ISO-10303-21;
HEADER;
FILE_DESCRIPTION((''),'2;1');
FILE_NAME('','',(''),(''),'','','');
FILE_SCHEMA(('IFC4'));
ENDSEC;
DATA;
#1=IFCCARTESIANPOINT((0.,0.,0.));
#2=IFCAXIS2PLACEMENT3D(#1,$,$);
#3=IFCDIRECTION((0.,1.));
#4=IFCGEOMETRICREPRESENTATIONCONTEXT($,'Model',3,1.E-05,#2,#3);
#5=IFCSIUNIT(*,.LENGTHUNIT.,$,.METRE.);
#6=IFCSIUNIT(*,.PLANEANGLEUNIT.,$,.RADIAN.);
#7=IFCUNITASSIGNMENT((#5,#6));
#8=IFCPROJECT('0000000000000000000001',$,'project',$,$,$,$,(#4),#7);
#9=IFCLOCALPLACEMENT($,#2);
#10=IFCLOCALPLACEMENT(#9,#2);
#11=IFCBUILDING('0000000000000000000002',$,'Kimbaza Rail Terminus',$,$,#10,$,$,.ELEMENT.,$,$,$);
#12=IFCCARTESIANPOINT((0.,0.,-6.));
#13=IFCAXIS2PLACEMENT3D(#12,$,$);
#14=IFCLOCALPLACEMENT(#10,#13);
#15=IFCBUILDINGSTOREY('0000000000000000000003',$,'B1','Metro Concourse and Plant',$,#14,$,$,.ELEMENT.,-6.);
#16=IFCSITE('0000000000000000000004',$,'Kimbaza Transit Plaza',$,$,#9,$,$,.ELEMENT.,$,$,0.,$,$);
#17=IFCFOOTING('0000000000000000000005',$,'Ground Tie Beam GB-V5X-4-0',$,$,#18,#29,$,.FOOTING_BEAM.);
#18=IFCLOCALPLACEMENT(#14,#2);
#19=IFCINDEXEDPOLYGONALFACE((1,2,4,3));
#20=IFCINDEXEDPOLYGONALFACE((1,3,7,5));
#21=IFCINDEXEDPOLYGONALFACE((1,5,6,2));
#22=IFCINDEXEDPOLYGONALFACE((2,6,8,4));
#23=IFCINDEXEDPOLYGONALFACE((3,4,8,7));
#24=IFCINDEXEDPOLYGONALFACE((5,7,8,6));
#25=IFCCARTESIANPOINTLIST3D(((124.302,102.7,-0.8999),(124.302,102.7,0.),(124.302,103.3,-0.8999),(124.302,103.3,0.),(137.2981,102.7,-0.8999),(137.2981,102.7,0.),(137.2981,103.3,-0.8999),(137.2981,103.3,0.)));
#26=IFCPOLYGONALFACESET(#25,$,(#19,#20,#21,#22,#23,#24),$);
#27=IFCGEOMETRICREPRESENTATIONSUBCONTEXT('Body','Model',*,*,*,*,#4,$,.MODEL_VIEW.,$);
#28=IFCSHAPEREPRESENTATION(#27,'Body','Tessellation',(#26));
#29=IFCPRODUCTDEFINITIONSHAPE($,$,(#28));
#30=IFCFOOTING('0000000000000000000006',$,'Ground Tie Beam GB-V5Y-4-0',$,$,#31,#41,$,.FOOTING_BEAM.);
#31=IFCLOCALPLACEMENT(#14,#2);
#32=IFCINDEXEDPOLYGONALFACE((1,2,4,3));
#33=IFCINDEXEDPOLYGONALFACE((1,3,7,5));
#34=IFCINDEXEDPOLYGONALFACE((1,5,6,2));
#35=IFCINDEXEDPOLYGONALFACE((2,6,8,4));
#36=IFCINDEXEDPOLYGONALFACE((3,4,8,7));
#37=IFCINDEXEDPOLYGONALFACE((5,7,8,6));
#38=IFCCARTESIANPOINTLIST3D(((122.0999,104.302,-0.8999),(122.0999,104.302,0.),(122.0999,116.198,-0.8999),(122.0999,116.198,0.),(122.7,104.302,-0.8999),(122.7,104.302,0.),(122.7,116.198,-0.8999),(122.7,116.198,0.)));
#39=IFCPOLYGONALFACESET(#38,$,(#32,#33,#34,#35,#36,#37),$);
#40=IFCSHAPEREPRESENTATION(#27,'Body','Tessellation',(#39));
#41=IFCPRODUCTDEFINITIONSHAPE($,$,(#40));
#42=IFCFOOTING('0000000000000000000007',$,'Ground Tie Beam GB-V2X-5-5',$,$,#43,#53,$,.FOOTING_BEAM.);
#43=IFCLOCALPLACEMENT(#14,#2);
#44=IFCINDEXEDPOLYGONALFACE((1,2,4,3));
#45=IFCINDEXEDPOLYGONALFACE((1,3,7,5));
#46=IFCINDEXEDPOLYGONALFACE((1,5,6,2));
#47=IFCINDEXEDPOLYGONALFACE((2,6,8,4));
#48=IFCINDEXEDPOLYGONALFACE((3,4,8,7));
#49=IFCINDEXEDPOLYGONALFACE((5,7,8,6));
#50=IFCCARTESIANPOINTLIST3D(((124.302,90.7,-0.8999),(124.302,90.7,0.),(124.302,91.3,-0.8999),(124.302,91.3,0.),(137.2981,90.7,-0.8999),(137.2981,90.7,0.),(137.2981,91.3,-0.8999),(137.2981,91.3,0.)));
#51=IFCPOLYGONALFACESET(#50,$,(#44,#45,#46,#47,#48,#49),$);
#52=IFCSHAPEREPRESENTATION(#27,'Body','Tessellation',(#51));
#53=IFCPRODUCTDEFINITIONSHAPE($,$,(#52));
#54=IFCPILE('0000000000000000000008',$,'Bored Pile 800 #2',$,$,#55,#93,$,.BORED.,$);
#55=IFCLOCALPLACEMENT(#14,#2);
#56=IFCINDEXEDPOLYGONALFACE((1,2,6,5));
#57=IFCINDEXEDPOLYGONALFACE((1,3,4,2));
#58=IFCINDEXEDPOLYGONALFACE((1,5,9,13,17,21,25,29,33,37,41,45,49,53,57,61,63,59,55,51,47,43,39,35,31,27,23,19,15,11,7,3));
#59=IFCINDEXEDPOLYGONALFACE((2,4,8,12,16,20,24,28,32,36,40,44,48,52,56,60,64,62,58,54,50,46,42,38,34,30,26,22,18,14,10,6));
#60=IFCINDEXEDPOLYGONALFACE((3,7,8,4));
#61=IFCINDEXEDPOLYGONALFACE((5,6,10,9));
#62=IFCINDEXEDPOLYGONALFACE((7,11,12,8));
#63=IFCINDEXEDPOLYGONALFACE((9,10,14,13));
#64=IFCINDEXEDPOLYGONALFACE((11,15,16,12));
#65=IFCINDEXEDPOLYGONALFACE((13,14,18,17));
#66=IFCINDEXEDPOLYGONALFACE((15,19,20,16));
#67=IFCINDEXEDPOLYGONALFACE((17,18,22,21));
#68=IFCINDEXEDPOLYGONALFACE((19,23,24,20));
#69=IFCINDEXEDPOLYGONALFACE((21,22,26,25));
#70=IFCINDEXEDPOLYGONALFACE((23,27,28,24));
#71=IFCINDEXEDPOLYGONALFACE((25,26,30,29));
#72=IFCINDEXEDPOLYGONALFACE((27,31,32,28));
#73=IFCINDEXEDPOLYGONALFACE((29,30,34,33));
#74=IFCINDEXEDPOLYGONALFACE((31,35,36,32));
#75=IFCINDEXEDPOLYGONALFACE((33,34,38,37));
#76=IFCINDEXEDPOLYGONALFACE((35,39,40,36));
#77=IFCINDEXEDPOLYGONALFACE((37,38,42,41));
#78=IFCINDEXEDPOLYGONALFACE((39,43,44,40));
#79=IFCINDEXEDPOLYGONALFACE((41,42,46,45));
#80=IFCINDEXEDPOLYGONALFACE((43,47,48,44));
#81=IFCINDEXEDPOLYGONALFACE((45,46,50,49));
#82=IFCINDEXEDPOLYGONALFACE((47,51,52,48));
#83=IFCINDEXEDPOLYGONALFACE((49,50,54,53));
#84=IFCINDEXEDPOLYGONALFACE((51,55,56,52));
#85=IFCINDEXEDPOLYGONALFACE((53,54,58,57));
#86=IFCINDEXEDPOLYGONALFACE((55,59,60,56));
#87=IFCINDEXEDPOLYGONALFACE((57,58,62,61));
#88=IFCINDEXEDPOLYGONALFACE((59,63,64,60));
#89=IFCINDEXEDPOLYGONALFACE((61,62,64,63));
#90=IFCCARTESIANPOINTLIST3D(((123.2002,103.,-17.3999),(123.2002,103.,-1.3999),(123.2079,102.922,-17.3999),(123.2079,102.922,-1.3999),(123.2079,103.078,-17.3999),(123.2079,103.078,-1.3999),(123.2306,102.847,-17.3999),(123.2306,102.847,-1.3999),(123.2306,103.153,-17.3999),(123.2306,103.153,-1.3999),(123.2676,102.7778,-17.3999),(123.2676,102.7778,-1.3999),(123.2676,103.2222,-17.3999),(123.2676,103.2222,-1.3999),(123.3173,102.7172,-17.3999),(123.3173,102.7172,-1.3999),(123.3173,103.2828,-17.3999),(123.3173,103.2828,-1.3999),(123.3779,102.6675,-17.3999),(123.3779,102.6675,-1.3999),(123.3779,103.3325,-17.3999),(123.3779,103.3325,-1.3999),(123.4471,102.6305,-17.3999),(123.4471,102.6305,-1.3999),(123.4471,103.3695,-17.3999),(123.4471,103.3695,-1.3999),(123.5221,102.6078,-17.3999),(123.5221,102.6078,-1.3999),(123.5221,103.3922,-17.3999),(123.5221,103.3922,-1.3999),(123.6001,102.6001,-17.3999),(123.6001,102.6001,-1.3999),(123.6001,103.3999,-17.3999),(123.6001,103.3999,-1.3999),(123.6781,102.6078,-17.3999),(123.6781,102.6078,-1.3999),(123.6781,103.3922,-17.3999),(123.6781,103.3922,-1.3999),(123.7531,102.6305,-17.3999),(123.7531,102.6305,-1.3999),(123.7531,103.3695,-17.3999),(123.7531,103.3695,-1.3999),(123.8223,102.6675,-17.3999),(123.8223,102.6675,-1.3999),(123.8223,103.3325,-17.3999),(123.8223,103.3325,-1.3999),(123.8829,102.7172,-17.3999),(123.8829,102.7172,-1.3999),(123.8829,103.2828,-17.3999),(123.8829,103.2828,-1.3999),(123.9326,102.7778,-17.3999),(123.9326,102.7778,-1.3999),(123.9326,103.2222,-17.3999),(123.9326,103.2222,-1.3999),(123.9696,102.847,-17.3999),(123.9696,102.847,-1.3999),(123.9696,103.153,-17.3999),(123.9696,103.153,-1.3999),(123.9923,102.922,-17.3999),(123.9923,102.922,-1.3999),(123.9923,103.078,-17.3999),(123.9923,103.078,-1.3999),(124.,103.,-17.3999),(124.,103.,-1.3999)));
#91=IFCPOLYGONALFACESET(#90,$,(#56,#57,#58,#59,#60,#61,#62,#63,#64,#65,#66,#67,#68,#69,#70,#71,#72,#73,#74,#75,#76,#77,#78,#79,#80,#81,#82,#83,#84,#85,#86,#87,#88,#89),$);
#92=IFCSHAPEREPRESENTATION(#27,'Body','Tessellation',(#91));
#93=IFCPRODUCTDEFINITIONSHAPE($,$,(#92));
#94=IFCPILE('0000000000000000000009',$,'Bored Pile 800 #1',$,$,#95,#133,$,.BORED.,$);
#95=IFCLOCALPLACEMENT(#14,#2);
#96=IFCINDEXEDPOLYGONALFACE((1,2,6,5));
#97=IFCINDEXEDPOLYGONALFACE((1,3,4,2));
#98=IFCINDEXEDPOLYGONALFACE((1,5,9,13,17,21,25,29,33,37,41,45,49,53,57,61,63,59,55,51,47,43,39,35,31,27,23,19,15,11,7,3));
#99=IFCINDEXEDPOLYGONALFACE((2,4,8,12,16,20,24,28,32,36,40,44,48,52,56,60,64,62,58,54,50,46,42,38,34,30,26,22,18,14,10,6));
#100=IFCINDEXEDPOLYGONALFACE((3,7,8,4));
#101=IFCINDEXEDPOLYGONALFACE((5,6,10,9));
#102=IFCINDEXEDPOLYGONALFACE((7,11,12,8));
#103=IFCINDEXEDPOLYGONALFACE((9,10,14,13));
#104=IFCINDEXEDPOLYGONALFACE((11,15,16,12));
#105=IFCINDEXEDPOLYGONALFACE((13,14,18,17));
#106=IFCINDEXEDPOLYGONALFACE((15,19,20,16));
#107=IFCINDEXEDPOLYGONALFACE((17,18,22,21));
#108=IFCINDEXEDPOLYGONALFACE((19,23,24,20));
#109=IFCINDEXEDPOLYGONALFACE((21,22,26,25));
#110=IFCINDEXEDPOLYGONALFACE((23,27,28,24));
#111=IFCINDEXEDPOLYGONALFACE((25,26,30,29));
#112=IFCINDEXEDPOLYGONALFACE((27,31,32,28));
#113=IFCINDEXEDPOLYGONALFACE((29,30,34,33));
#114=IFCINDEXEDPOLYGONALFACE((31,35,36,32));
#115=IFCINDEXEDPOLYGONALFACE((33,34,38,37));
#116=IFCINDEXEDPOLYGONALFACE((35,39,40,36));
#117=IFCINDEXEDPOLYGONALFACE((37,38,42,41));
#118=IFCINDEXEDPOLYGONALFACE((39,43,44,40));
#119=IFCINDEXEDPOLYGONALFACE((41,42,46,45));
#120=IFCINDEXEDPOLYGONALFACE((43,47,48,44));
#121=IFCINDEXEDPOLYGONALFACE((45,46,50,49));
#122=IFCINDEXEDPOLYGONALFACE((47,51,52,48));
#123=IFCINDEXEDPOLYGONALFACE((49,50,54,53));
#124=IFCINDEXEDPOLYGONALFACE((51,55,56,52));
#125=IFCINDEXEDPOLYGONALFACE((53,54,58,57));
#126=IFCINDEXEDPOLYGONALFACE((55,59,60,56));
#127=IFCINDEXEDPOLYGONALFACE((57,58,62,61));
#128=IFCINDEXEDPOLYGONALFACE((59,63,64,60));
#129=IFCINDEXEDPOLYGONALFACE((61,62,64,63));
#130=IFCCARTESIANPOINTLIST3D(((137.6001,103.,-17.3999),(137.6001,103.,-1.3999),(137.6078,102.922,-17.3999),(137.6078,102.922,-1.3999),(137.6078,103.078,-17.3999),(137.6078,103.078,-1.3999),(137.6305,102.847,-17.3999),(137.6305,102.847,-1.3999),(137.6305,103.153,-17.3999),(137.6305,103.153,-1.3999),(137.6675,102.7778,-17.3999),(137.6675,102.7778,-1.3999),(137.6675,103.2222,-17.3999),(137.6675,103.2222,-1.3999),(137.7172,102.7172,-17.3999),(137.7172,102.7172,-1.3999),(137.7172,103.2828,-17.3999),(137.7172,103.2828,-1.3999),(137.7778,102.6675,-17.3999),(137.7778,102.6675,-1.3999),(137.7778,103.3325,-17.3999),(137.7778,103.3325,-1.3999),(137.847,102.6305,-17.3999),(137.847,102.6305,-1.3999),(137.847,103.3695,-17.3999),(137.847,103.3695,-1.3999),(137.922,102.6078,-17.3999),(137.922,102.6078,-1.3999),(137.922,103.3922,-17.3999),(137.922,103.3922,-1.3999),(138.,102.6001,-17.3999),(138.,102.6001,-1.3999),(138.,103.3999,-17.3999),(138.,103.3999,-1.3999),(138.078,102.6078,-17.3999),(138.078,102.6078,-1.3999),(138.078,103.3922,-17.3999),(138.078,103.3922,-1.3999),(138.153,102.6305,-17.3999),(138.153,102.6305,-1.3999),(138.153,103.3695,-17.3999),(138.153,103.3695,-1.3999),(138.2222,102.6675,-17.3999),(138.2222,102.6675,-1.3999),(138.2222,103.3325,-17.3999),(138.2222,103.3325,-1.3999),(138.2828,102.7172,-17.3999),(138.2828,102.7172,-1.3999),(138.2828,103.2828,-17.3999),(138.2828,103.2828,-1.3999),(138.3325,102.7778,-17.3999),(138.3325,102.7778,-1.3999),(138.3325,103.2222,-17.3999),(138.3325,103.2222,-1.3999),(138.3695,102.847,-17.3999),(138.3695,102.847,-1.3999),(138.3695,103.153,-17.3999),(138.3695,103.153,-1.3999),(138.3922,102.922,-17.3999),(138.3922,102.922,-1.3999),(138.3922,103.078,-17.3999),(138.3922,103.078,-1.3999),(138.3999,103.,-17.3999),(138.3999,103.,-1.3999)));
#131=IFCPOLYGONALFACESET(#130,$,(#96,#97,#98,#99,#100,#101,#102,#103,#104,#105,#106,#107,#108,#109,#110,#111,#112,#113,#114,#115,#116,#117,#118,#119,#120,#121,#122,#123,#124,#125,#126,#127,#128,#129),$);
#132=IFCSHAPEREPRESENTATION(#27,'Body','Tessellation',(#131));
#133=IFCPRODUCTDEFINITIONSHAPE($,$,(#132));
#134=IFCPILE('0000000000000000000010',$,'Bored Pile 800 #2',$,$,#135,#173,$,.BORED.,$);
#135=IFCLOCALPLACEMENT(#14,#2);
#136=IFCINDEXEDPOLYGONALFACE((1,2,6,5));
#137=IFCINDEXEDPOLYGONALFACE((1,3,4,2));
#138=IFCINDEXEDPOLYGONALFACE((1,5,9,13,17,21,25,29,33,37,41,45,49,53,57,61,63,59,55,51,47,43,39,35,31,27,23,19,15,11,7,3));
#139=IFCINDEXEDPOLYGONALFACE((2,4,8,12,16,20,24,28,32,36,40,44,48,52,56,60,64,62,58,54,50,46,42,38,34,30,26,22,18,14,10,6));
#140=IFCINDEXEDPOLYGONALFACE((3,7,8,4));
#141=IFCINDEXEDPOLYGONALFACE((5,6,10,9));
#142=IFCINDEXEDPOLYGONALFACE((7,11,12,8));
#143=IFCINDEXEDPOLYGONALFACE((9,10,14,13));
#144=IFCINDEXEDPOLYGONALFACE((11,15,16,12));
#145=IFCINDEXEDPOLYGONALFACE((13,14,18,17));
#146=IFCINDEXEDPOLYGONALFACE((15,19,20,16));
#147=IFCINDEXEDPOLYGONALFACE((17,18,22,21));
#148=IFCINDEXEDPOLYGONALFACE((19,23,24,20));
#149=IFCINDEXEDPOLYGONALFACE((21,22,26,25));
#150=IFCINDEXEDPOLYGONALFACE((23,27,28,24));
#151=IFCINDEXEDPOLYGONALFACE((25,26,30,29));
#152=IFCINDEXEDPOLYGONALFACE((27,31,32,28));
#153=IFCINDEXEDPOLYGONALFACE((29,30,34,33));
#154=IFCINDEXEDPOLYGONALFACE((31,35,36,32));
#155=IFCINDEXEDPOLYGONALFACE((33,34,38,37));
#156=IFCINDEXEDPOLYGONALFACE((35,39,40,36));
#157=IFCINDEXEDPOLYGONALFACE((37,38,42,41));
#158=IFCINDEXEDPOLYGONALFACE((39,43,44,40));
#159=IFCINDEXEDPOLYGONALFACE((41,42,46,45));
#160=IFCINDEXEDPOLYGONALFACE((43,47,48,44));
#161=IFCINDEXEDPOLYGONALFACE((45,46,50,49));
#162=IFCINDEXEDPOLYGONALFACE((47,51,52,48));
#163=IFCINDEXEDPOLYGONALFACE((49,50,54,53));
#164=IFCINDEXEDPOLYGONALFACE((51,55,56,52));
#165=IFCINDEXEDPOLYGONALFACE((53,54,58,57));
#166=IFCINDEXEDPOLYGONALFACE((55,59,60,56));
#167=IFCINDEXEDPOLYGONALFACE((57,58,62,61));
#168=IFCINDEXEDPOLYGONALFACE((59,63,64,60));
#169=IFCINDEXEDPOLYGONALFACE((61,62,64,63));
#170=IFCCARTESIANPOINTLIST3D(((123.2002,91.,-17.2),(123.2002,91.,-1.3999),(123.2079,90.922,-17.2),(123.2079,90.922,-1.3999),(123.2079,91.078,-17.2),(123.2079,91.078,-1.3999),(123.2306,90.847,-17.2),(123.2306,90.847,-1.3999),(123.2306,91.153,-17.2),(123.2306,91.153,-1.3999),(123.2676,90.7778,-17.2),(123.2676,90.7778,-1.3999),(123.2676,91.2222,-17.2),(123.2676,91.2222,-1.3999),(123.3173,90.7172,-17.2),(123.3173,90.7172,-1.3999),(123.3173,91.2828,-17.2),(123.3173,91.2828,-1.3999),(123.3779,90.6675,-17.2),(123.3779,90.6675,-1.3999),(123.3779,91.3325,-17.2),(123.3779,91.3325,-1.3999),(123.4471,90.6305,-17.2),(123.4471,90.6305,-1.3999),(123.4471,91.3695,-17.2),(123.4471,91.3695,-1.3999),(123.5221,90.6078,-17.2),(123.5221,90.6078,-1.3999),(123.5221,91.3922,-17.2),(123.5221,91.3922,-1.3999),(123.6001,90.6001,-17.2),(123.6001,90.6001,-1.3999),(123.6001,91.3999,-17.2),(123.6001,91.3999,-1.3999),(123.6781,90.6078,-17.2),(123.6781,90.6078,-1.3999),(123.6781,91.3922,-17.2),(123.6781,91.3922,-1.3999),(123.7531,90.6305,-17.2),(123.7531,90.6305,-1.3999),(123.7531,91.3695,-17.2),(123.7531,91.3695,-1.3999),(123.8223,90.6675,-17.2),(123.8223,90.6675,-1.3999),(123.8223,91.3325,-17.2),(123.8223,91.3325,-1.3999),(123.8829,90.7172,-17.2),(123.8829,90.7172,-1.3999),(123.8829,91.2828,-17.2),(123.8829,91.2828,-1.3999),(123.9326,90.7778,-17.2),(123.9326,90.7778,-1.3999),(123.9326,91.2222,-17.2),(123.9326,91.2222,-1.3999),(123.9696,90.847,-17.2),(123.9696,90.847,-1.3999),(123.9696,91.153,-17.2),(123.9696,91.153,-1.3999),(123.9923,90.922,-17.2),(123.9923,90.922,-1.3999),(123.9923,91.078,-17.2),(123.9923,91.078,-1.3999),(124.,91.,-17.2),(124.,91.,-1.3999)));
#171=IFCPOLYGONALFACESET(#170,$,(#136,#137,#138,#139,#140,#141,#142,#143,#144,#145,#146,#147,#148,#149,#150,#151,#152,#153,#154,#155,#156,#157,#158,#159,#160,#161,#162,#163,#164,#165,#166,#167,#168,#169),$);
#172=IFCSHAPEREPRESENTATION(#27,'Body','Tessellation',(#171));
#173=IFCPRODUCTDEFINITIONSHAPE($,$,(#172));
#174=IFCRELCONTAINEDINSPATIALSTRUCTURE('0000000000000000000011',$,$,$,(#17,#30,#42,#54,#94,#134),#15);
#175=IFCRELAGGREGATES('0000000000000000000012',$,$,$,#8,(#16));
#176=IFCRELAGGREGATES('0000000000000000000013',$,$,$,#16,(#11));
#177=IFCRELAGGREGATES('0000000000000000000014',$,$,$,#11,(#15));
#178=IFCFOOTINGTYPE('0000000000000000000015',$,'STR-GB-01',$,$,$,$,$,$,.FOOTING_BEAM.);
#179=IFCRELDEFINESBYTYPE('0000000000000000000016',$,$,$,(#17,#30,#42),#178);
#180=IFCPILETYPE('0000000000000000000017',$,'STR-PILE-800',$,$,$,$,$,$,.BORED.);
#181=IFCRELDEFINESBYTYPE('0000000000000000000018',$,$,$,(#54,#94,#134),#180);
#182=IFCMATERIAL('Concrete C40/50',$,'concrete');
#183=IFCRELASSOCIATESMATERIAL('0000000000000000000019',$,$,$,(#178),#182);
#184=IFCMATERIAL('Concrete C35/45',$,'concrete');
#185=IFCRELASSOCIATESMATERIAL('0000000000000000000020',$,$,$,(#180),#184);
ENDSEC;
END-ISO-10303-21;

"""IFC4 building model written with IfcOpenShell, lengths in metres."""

from ifc_helpers import new_model, si_unit, direction, frame, origin, origin_2d, place, context, subcontext, project, spatial, rectangle, circle, extrude, material, material_profile, profile_set, type_object, element, save


model = new_model("IFC4")

# Units and contexts
model_context = context("Model", 3, precision=1e-05, world=origin(), true_north=direction((0.0, 1.0)))
body_context = subcontext(model_context, "Body", "Model", "MODEL_VIEW")
ifc_project = project(units=[si_unit("LENGTHUNIT", "METRE"), si_unit("PLANEANGLEUNIT", "RADIAN")], contexts=[model_context])

# Site, building, storey
site_placement = place(None, origin())
site = spatial("IfcSite", under=ifc_project, at=site_placement, Name="Kimbaza Transit Plaza", CompositionType="ELEMENT", RefElevation=0.0)
building_placement = place(site_placement, origin())
building = spatial("IfcBuilding", under=site, at=building_placement, Name="Kimbaza Rail Terminus", CompositionType="ELEMENT")
storey_placement = place(building_placement, frame((0.0, 0.0, -6.0)))
storey = spatial("IfcBuildingStorey", under=building, at=storey_placement, Name="B1", Description="Metro Concourse and Plant", CompositionType="ELEMENT", Elevation=-6.0)

# Footings
ifc_material_1 = material(Name="Concrete C40/50", Category="concrete")
ifc_material_profile_1 = material_profile(ifc_material_1, rectangle(XDim=0.6001, YDim=0.8999, at=origin_2d()), Name="GB-01 600x900")
ifc_profile_set_1 = profile_set([ifc_material_profile_1], Name="Concrete C40/50")
footing_type = type_object("IfcFootingType", Name="STR-GB-01", PredefinedType="FOOTING_BEAM", material=ifc_profile_set_1)
footing_1_placement = place(storey_placement, frame((124.302, 103.0, -0.45), z_axis=(1.0, 0.0, 0.0), x_axis=(0.0, 1.0, 0.0)))
element("IfcFooting", 1, at=footing_1_placement, inside=storey, type_object=footing_type, Name="Ground Tie Beam GB-V5X-4-0", PredefinedType="FOOTING_BEAM", context=body_context, shape_type="SweptSolid", body=[
    extrude(rectangle(XDim=0.6001, YDim=0.8999, at=origin_2d()), origin(), (0.0, 0.0, 1.0), 12.9961),
])
footing_2_placement = place(storey_placement, frame((122.3999, 104.302, -0.45), z_axis=(0.0, 1.0, 0.0), x_axis=(-1.0, 0.0, 0.0)))
element("IfcFooting", 2, at=footing_2_placement, inside=storey, type_object=footing_type, Name="Ground Tie Beam GB-V5Y-4-0", PredefinedType="FOOTING_BEAM", context=body_context, shape_type="SweptSolid", body=[
    extrude(rectangle(XDim=0.6001, YDim=0.8999, at=origin_2d()), origin(), (0.0, 0.0, 1.0), 11.896),
])
footing_3_placement = place(storey_placement, frame((124.302, 91.0, -0.45), z_axis=(1.0, 0.0, 0.0), x_axis=(0.0, 1.0, 0.0)))
element("IfcFooting", 3, at=footing_3_placement, inside=storey, type_object=footing_type, Name="Ground Tie Beam GB-V2X-5-5", PredefinedType="FOOTING_BEAM", context=body_context, shape_type="SweptSolid", body=[
    extrude(rectangle(XDim=0.6001, YDim=0.8999, at=origin_2d()), origin(), (0.0, 0.0, 1.0), 12.9961),
])

# Piles
ifc_material_2 = material(Name="Concrete C35/45", Category="concrete")
ifc_material_profile_2 = material_profile(ifc_material_2, circle(Radius=0.3999, at=origin_2d()), Name="BORED PILE 800")
ifc_profile_set_2 = profile_set([ifc_material_profile_2], Name="Concrete C35/45")
pile_type = type_object("IfcPileType", Name="STR-PILE-800", PredefinedType="BORED", material=ifc_profile_set_2)
for number, where, z_axis, x_axis, name in (
    (4, (123.6001, 103.0, -1.3999), (0.0, 0.0, -1.0), (1.0, 0.0, 0.0), "Bored Pile 800 #2"),
    (5, (138.0, 103.0, -1.3999), (0.0, 0.0, -1.0), (1.0, 0.0, 0.0), "Bored Pile 800 #1"),
):
    element("IfcPile", number, at=place(storey_placement, frame(where, z_axis=z_axis, x_axis=x_axis)), inside=storey, type_object=pile_type, Name=name, PredefinedType="BORED", context=body_context, shape_type="SweptSolid", body=[
        extrude(circle(Radius=0.3999, at=origin_2d()), origin(), (0.0, 0.0, 1.0), 16.0),
    ])
for number, where, z_axis, x_axis, name in (
    (6, (123.6001, 91.0, -1.3999), (0.0, 0.0, -1.0), (1.0, 0.0, 0.0), "Bored Pile 800 #2"),
):
    element("IfcPile", number, at=place(storey_placement, frame(where, z_axis=z_axis, x_axis=x_axis)), inside=storey, type_object=pile_type, Name=name, PredefinedType="BORED", context=body_context, shape_type="SweptSolid", body=[
        extrude(circle(Radius=0.3999, at=origin_2d()), origin(), (0.0, 0.0, 1.0), 15.8),
    ])

save(model, "model.ifc")
